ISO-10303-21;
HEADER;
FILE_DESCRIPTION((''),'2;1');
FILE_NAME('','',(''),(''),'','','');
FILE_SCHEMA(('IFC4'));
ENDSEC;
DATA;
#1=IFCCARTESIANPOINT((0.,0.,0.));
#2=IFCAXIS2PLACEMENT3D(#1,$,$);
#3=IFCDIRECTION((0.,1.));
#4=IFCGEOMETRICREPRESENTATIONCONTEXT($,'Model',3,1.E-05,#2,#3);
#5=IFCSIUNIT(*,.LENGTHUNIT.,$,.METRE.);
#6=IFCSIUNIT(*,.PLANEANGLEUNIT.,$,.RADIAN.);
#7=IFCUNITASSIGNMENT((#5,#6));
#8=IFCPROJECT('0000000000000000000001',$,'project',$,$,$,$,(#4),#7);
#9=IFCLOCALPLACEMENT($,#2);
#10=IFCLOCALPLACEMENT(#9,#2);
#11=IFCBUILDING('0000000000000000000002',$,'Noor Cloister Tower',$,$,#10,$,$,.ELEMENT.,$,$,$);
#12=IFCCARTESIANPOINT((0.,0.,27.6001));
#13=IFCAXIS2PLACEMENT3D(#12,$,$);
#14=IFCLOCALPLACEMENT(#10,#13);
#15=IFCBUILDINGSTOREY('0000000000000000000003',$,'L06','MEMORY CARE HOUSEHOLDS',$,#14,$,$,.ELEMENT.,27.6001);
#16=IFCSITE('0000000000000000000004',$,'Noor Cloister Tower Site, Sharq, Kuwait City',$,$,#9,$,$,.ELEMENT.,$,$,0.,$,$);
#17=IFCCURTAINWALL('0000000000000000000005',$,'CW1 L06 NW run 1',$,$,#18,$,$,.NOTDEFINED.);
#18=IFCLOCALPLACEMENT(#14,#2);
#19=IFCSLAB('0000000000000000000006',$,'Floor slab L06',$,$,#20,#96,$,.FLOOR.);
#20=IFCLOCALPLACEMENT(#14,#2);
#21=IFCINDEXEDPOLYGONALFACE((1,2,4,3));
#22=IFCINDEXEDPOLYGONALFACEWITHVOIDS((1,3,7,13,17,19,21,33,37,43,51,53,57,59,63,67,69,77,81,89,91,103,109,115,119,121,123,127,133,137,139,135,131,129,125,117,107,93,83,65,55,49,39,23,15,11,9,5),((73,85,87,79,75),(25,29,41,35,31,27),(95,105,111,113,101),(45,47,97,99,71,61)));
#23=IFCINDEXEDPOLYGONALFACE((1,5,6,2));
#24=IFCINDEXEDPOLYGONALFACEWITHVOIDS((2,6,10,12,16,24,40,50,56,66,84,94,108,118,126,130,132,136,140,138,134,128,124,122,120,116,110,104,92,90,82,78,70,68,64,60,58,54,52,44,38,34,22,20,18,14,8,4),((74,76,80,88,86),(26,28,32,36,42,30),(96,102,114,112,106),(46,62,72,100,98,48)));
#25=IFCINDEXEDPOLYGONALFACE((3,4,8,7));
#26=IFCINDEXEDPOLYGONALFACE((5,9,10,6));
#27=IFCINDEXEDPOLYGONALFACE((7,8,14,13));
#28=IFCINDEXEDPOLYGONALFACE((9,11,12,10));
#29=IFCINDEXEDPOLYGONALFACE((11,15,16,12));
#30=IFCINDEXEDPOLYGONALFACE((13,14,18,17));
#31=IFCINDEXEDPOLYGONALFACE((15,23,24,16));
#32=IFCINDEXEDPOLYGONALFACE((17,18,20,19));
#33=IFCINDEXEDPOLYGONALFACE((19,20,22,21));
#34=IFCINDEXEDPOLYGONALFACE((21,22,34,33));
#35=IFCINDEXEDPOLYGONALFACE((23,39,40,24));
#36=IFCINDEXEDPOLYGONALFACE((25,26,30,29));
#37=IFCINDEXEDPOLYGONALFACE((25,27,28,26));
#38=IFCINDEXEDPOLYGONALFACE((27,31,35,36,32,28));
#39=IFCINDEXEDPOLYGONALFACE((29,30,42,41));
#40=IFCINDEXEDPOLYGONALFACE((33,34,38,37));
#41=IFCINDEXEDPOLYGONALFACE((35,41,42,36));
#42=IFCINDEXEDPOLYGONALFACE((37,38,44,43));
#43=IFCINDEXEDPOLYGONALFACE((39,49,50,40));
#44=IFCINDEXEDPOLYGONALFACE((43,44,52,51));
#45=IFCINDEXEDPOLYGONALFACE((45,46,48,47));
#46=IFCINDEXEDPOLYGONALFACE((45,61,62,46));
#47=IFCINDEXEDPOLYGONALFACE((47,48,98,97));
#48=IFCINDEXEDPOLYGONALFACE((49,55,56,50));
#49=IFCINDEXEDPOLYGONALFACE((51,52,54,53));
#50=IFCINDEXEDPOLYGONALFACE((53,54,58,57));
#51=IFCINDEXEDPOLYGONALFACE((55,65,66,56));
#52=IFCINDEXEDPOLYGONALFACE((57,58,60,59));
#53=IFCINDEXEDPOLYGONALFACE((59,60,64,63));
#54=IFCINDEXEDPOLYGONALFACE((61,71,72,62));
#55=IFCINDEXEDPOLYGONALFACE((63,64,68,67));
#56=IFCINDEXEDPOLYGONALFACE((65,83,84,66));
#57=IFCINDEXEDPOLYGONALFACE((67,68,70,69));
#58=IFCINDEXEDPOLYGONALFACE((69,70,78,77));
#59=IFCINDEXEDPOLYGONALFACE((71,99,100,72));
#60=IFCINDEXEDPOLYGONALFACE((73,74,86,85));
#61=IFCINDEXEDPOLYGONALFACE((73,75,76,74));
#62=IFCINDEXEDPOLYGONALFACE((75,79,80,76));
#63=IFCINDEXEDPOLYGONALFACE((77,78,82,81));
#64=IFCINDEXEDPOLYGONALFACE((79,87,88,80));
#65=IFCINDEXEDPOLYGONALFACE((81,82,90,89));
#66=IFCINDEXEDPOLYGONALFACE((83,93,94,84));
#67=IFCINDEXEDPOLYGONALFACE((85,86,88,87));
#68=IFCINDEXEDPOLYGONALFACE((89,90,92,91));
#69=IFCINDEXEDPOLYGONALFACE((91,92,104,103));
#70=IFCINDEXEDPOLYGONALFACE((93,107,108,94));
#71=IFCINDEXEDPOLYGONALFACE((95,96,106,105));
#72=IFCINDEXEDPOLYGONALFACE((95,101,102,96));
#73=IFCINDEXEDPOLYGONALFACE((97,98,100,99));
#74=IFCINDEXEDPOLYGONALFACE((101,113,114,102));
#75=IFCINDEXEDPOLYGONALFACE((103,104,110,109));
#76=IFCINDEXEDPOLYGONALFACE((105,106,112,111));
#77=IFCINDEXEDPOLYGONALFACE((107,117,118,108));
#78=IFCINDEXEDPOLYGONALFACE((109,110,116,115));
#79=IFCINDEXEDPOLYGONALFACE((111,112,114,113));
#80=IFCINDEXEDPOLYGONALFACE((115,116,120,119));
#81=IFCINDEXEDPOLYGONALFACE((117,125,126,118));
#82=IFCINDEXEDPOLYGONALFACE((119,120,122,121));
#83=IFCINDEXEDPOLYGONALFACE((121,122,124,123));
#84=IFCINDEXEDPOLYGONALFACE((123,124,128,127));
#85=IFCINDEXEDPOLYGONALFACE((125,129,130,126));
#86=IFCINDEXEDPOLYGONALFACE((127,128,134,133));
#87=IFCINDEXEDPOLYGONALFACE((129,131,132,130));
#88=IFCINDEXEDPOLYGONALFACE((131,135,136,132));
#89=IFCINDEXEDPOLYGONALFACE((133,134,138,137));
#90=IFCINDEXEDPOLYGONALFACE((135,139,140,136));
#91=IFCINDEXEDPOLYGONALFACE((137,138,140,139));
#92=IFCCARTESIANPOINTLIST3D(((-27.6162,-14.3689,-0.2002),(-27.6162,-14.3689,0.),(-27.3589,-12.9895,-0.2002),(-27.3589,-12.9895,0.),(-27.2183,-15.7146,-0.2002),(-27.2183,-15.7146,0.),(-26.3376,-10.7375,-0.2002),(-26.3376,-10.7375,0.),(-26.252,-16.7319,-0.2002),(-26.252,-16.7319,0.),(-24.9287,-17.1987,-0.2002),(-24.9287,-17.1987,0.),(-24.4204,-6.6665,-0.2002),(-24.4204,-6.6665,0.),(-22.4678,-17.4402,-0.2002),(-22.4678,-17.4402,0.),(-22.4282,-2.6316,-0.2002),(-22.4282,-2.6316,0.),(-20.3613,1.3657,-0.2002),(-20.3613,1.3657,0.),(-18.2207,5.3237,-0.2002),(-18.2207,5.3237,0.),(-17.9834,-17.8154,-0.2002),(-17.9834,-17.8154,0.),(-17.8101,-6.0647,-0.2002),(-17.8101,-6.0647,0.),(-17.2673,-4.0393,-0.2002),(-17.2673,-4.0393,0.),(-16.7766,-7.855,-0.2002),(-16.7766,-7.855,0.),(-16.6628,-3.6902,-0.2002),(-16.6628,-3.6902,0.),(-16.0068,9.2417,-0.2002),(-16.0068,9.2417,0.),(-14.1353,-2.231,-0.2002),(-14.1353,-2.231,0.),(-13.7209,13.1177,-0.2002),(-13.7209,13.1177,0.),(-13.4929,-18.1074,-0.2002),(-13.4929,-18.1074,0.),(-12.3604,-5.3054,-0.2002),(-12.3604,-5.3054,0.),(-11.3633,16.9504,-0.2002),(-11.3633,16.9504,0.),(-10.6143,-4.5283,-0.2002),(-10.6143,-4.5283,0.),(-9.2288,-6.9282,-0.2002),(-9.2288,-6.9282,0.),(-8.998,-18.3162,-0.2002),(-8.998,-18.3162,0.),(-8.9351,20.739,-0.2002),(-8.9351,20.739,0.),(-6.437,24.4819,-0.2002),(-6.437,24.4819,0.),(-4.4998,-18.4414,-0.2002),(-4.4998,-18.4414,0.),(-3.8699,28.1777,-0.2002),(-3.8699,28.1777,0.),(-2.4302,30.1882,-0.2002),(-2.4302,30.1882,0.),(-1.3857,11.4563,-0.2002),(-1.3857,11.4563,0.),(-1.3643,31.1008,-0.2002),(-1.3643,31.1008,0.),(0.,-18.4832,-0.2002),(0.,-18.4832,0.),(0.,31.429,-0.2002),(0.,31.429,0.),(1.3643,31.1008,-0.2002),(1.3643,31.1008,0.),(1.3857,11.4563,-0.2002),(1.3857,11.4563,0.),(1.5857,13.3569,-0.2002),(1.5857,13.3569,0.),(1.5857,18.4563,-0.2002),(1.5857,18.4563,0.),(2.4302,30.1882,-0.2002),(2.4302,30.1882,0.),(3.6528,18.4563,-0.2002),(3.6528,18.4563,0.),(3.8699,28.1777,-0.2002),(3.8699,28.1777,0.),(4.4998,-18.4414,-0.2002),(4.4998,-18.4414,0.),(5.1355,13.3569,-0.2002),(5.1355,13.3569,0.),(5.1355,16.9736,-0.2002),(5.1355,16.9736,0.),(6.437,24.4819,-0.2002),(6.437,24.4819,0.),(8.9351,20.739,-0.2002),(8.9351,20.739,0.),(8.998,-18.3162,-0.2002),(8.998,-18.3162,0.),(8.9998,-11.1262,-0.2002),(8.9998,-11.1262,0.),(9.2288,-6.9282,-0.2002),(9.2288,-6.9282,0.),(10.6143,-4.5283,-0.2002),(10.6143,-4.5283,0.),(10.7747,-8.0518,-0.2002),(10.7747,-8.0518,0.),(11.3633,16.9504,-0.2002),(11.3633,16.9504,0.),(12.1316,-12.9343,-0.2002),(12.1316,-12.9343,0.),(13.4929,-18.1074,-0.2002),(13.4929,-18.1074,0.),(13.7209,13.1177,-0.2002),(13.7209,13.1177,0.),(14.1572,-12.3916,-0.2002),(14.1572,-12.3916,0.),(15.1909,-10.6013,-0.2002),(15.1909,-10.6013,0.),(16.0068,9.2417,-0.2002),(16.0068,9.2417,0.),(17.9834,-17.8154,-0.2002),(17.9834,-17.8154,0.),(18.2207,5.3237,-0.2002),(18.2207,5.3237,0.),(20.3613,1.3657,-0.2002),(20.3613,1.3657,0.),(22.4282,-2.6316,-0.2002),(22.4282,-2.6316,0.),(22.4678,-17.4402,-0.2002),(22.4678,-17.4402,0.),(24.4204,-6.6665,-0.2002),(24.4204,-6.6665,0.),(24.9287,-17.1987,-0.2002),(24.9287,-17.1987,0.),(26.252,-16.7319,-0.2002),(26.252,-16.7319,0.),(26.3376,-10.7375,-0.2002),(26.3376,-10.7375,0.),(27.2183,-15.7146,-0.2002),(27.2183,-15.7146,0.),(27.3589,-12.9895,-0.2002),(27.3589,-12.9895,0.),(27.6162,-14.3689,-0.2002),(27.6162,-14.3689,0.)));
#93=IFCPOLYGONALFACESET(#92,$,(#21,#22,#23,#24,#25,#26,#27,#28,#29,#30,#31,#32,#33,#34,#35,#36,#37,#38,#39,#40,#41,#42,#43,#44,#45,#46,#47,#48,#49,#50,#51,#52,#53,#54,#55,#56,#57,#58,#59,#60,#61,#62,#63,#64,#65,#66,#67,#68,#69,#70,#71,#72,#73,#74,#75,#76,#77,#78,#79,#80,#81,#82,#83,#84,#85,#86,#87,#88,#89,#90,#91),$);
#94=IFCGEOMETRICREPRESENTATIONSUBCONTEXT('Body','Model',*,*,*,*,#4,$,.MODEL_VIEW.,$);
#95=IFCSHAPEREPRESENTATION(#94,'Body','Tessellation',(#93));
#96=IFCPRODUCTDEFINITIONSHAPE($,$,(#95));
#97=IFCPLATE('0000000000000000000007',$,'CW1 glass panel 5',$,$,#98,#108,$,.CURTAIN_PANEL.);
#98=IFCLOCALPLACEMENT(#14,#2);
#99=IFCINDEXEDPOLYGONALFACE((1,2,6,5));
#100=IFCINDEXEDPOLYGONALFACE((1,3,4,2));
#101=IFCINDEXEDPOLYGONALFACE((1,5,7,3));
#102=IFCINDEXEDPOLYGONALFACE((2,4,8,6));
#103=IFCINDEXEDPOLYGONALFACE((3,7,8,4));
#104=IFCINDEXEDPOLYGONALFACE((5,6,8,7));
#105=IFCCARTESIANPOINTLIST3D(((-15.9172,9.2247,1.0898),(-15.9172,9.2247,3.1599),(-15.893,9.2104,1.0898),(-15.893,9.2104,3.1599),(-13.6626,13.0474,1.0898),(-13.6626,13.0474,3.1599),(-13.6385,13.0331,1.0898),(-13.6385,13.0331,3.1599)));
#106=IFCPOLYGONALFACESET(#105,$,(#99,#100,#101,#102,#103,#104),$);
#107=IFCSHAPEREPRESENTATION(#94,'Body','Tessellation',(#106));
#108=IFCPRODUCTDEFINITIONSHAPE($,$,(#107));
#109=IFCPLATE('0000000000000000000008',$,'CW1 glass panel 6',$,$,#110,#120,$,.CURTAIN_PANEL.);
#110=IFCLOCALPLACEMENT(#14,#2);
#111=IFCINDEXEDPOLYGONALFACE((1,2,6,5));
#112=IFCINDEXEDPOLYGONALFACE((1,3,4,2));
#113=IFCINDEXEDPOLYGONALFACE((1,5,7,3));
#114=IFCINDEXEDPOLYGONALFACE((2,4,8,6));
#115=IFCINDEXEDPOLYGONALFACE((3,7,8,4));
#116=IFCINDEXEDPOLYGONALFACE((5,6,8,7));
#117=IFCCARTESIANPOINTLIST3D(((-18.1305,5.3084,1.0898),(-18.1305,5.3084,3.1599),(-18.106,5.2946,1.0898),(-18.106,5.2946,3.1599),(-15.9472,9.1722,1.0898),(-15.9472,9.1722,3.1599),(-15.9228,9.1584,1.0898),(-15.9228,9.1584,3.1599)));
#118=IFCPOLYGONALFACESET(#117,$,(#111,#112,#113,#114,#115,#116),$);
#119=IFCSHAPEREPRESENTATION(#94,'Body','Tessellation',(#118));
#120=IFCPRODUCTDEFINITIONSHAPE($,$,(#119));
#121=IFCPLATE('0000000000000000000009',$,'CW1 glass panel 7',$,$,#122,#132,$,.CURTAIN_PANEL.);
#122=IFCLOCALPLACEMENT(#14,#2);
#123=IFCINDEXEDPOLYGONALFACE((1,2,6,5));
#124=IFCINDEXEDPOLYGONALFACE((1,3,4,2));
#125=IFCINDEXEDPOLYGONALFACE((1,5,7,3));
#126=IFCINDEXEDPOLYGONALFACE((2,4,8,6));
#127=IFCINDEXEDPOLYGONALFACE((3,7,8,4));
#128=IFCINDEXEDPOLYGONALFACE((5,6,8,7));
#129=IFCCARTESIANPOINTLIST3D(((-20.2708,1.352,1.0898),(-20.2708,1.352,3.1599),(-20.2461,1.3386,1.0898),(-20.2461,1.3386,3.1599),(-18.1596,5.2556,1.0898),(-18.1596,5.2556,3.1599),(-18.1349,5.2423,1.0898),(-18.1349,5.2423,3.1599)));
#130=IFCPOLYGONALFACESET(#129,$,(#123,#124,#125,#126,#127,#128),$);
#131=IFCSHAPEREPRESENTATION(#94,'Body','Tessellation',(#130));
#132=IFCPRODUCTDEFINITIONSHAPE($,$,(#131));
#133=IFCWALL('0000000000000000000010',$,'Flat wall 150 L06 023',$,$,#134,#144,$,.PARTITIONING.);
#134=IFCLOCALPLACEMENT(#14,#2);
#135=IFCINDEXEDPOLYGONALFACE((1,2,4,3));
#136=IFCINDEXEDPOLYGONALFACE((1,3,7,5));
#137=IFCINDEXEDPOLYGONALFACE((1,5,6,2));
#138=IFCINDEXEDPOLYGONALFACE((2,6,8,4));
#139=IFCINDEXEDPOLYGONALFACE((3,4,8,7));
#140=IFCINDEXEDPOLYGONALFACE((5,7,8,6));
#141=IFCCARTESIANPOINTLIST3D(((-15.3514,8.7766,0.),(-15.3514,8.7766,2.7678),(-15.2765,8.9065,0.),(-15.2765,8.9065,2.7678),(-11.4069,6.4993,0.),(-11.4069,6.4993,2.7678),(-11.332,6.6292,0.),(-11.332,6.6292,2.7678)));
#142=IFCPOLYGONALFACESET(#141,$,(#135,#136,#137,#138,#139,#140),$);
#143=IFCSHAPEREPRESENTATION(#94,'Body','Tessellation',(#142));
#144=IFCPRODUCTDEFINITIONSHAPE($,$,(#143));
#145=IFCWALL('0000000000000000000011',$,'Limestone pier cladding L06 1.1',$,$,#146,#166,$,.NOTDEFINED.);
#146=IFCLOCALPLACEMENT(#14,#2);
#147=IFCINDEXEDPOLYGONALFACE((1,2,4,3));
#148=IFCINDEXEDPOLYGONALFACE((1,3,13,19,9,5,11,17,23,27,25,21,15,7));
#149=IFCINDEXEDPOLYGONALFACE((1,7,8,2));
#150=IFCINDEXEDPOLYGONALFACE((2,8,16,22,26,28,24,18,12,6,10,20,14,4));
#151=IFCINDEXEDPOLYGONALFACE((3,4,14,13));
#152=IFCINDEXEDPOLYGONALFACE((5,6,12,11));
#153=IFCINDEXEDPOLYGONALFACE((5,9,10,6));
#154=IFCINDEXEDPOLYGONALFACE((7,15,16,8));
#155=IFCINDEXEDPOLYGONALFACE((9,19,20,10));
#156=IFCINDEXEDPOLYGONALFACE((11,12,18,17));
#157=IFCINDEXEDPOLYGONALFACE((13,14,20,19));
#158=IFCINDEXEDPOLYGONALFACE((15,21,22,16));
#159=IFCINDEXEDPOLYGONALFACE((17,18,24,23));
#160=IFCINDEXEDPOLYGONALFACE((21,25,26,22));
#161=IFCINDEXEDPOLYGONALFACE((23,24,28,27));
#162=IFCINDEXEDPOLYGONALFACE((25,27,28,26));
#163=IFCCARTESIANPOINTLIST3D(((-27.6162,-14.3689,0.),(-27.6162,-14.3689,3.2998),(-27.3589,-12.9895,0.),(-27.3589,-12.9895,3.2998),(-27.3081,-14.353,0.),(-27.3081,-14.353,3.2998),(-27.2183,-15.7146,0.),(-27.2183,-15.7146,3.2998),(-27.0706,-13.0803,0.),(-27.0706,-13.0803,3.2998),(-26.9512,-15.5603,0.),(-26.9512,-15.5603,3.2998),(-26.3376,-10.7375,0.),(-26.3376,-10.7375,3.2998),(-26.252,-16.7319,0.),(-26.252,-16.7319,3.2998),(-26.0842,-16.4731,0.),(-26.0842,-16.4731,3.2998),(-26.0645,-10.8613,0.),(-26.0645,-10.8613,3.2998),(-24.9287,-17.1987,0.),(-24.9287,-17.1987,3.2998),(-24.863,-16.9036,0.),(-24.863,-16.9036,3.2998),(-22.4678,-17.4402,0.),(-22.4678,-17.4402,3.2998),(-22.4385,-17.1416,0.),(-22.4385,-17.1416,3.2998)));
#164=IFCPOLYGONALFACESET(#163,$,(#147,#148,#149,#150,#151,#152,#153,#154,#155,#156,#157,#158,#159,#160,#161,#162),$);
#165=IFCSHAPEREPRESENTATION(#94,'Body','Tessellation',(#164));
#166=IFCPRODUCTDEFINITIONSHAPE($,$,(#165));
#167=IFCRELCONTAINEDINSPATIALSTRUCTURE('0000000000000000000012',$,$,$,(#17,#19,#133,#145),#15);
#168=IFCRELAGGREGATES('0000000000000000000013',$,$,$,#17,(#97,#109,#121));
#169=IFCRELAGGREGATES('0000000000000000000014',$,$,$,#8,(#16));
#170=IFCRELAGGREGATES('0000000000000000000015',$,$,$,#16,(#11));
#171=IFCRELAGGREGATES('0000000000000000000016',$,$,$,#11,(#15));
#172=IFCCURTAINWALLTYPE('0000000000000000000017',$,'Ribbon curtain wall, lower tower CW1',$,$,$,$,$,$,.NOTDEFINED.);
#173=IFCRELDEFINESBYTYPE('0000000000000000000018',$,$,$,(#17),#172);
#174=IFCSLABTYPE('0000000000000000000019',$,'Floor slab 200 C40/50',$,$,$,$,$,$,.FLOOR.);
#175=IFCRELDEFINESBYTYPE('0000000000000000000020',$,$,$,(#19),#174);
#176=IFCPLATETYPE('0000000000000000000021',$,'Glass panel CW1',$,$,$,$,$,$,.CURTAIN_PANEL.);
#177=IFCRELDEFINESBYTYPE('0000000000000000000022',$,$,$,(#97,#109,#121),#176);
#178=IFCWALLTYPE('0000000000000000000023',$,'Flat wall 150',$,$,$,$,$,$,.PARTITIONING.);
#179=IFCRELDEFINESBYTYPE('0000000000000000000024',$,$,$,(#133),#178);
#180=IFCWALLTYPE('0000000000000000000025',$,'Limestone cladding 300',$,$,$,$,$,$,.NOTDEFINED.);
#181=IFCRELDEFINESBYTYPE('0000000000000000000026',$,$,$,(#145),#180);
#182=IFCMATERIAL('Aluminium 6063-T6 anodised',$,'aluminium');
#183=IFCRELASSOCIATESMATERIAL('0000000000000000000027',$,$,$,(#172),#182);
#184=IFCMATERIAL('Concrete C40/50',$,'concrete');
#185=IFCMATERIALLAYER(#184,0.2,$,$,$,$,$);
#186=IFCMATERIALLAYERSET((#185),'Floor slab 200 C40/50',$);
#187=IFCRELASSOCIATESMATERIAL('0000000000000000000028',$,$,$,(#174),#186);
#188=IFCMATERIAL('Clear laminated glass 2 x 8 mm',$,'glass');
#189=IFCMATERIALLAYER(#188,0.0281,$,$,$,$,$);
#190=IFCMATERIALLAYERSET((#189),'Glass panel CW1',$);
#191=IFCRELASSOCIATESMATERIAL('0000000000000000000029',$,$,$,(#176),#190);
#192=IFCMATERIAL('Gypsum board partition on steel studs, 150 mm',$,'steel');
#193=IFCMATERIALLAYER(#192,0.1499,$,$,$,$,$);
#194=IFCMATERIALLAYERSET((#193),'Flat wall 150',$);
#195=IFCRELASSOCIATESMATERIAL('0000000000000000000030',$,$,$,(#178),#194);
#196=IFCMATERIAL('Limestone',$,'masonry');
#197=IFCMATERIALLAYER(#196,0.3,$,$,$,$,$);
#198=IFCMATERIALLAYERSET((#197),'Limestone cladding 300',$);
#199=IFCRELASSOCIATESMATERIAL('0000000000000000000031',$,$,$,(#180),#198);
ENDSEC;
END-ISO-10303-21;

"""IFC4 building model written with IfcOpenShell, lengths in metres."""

from ifc_helpers import new_model, si_unit, direction, frame, frame_2d, origin, origin_2d, place, context, subcontext, project, spatial, polyline, rectangle, outline, extrude, material, layer, layer_set, type_object, element, aggregate, save


model = new_model("IFC4")

# Units and contexts
model_context = context("Model", 3, precision=1e-05, world=origin(), true_north=direction((0.0, 1.0)))
body_context = subcontext(model_context, "Body", "Model", "MODEL_VIEW")
ifc_project = project(units=[si_unit("LENGTHUNIT", "METRE"), si_unit("PLANEANGLEUNIT", "RADIAN")], contexts=[model_context])

# Site, building, storey
site_placement = place(None, origin())
site = spatial("IfcSite", under=ifc_project, at=site_placement, Name="Noor Cloister Tower Site, Sharq, Kuwait City", CompositionType="ELEMENT", RefElevation=0.0)
building_placement = place(site_placement, origin())
building = spatial("IfcBuilding", under=site, at=building_placement, Name="Noor Cloister Tower", CompositionType="ELEMENT")
storey_placement = place(building_placement, frame((0.0, 0.0, 27.6001)))
storey = spatial("IfcBuildingStorey", under=building, at=storey_placement, Name="L06", Description="MEMORY CARE HOUSEHOLDS", CompositionType="ELEMENT", Elevation=27.6001)

# Curtain wall
ifc_material_1 = material(Name="Aluminium 6063-T6 anodised", Category="aluminium")
curtain_wall_type = type_object("IfcCurtainWallType", Name="Ribbon curtain wall, lower tower CW1", PredefinedType="NOTDEFINED", material=ifc_material_1)
curtain_wall_1_placement = place(storey_placement, origin())
curtain_wall_1 = element("IfcCurtainWall", 1, at=curtain_wall_1_placement, inside=storey, type_object=curtain_wall_type, Name="CW1 L06 NW run 1", PredefinedType="NOTDEFINED")

# Slab
ifc_material_2 = material(Name="Concrete C40/50", Category="concrete")
ifc_layer_1 = layer(ifc_material_2, 0.2)
ifc_layer_set_1 = layer_set([ifc_layer_1], Name="Floor slab 200 C40/50")
slab_type = type_object("IfcSlabType", Name="Floor slab 200 C40/50", PredefinedType="FLOOR", material=ifc_layer_set_1)
slab_placement = place(storey_placement, frame((0.0, 0.0, -0.2002)))
element("IfcSlab", 2, at=slab_placement, inside=storey, type_object=slab_type, Name="Floor slab L06", PredefinedType="FLOOR", context=body_context, shape_type="SweptSolid", body=[
    extrude(outline(polyline([(2.4302, 30.1882), (1.3643, 31.1008), (0.0, 31.429), (-1.3643, 31.1008), (-2.4302, 30.1882), (-3.8699, 28.1777), (-6.437, 24.4819), (-8.9351, 20.739), (-11.3633, 16.9504), (-13.7209, 13.1177), (-16.0068, 9.2417), (-18.2207, 5.3237), (-20.3613, 1.3657), (-22.4282, -2.6316), (-24.4204, -6.6665), (-26.3376, -10.7375), (-27.3589, -12.9895), (-27.6162, -14.3689), (-27.2183, -15.7146), (-26.252, -16.7319), (-24.9287, -17.1987), (-22.4678, -17.4402), (-17.9834, -17.8154), (-13.4929, -18.1074), (-8.998, -18.3162), (-4.4998, -18.4414), (0.0, -18.4832), (4.4998, -18.4414), (8.998, -18.3162), (13.4929, -18.1074), (17.9834, -17.8154), (22.4678, -17.4402), (24.9287, -17.1987), (26.252, -16.7319), (27.2183, -15.7146), (27.6162, -14.3689), (27.3589, -12.9895), (26.3376, -10.7375), (24.4204, -6.6665), (22.4282, -2.6316), (20.3613, 1.3657), (18.2207, 5.3237), (16.0068, 9.2417), (13.7209, 13.1177), (11.3633, 16.9504), (8.9351, 20.739), (6.437, 24.4819), (3.8699, 28.1777), (2.4302, 30.1882)]), holes=[polyline([(8.9998, -11.1262), (12.1316, -12.9343), (14.1572, -12.3916), (15.1909, -10.6013), (10.7747, -8.0518), (8.9998, -11.1262)]), polyline([(-17.8101, -6.0647), (-16.7766, -7.855), (-12.3604, -5.3054), (-14.1353, -2.231), (-16.6628, -3.6902), (-17.2673, -4.0393), (-17.8101, -6.0647)]), polyline([(-10.6143, -4.5283), (-9.2288, -6.9282), (9.2288, -6.9282), (10.6143, -4.5283), (1.3857, 11.4563), (-1.3857, 11.4563), (-10.6143, -4.5283)]), polyline([(3.6528, 18.4563), (1.5857, 18.4563), (1.5857, 13.3569), (5.1355, 13.3569), (5.1355, 16.9736), (3.6528, 18.4563)])]), origin(), (0.0, 0.0, 1.0), 0.2002),
])

# Plates
ifc_material_3 = material(Name="Clear laminated glass 2 x 8 mm", Category="glass")
ifc_layer_2 = layer(ifc_material_3, 0.0281)
ifc_layer_set_2 = layer_set([ifc_layer_2], Name="Glass panel CW1")
plate_type = type_object("IfcPlateType", Name="Glass panel CW1", PredefinedType="CURTAIN_PANEL", material=ifc_layer_set_2)
plate_1_placement = place(storey_placement, frame((-14.7778, 11.1289, 1.0898), z_axis=(0.0, 0.0, 1.0), x_axis=(-0.508012, -0.86135, 0.0)))
plate_1 = element("IfcPlate", 3, at=plate_1_placement, type_object=plate_type, Name="CW1 glass panel 5", PredefinedType="CURTAIN_PANEL", context=body_context, shape_type="SweptSolid", body=[
    extrude(rectangle(XDim=4.438, YDim=0.0281, at=origin_2d()), origin(), (0.0, 0.0, 1.0), 2.0701),
])
plate_2_placement = place(storey_placement, frame((-17.0266, 7.2334, 1.0898), z_axis=(0.0, 0.0, 1.0), x_axis=(-0.491945, -0.870627, 0.0)))
plate_2 = element("IfcPlate", 4, at=plate_2_placement, type_object=plate_type, Name="CW1 glass panel 6", PredefinedType="CURTAIN_PANEL", context=body_context, shape_type="SweptSolid", body=[
    extrude(rectangle(XDim=4.438, YDim=0.0281, at=origin_2d()), origin(), (0.0, 0.0, 1.0), 2.0701),
])
plate_3_placement = place(storey_placement, frame((-19.2029, 3.2971, 1.0898), z_axis=(0.0, 0.0, 1.0), x_axis=(-0.475707, -0.879604, 0.0)))
plate_3 = element("IfcPlate", 5, at=plate_3_placement, type_object=plate_type, Name="CW1 glass panel 7", PredefinedType="CURTAIN_PANEL", context=body_context, shape_type="SweptSolid", body=[
    extrude(rectangle(XDim=4.438, YDim=0.0281, at=origin_2d()), origin(), (0.0, 0.0, 1.0), 2.0701),
])
aggregate(curtain_wall_1, [plate_1, plate_2, plate_3])

# Walls
ifc_material_4 = material(Name="Gypsum board partition on steel studs, 150 mm", Category="steel")
ifc_layer_3 = layer(ifc_material_4, 0.1499)
ifc_layer_set_3 = layer_set([ifc_layer_3], Name="Flat wall 150")
wall_type_1 = type_object("IfcWallType", Name="Flat wall 150", PredefinedType="PARTITIONING", material=ifc_layer_set_3)
wall_1_placement = place(storey_placement, frame((-15.314, 8.8416, 0.0), z_axis=(0.0, 0.0, 1.0), x_axis=(0.866031, -0.49999, 0.0)))
element("IfcWall", 6, at=wall_1_placement, inside=storey, type_object=wall_type_1, Name="Flat wall 150 L06 023", PredefinedType="PARTITIONING", context=body_context, shape_type="SweptSolid", body=[
    extrude(rectangle(XDim=4.5547, YDim=0.1499, at=frame_2d((2.2773, 0.0))), origin(), (0.0, 0.0, 1.0), 2.7678),
])
ifc_material_5 = material(Name="Limestone", Category="masonry")
ifc_layer_4 = layer(ifc_material_5, 0.3)
ifc_layer_set_4 = layer_set([ifc_layer_4], Name="Limestone cladding 300")
wall_type_2 = type_object("IfcWallType", Name="Limestone cladding 300", PredefinedType="NOTDEFINED", material=ifc_layer_set_4)
wall_2_placement = place(storey_placement, origin())
element("IfcWall", 7, at=wall_2_placement, inside=storey, type_object=wall_type_2, Name="Limestone pier cladding L06 1.1", PredefinedType="NOTDEFINED", context=body_context, shape_type="SweptSolid", body=[
    extrude(outline(polyline([(-26.3376, -10.7375), (-27.3589, -12.9895), (-27.6162, -14.3689), (-27.2183, -15.7146), (-26.252, -16.7319), (-24.9287, -17.1987), (-22.4678, -17.4402), (-22.4385, -17.1416), (-24.863, -16.9036), (-26.0842, -16.4731), (-26.9512, -15.5603), (-27.3081, -14.353), (-27.0706, -13.0803), (-26.0645, -10.8613), (-26.3376, -10.7375)])), origin(), (0.0, 0.0, 1.0), 3.2998),
])

save(model, "model.ifc")
